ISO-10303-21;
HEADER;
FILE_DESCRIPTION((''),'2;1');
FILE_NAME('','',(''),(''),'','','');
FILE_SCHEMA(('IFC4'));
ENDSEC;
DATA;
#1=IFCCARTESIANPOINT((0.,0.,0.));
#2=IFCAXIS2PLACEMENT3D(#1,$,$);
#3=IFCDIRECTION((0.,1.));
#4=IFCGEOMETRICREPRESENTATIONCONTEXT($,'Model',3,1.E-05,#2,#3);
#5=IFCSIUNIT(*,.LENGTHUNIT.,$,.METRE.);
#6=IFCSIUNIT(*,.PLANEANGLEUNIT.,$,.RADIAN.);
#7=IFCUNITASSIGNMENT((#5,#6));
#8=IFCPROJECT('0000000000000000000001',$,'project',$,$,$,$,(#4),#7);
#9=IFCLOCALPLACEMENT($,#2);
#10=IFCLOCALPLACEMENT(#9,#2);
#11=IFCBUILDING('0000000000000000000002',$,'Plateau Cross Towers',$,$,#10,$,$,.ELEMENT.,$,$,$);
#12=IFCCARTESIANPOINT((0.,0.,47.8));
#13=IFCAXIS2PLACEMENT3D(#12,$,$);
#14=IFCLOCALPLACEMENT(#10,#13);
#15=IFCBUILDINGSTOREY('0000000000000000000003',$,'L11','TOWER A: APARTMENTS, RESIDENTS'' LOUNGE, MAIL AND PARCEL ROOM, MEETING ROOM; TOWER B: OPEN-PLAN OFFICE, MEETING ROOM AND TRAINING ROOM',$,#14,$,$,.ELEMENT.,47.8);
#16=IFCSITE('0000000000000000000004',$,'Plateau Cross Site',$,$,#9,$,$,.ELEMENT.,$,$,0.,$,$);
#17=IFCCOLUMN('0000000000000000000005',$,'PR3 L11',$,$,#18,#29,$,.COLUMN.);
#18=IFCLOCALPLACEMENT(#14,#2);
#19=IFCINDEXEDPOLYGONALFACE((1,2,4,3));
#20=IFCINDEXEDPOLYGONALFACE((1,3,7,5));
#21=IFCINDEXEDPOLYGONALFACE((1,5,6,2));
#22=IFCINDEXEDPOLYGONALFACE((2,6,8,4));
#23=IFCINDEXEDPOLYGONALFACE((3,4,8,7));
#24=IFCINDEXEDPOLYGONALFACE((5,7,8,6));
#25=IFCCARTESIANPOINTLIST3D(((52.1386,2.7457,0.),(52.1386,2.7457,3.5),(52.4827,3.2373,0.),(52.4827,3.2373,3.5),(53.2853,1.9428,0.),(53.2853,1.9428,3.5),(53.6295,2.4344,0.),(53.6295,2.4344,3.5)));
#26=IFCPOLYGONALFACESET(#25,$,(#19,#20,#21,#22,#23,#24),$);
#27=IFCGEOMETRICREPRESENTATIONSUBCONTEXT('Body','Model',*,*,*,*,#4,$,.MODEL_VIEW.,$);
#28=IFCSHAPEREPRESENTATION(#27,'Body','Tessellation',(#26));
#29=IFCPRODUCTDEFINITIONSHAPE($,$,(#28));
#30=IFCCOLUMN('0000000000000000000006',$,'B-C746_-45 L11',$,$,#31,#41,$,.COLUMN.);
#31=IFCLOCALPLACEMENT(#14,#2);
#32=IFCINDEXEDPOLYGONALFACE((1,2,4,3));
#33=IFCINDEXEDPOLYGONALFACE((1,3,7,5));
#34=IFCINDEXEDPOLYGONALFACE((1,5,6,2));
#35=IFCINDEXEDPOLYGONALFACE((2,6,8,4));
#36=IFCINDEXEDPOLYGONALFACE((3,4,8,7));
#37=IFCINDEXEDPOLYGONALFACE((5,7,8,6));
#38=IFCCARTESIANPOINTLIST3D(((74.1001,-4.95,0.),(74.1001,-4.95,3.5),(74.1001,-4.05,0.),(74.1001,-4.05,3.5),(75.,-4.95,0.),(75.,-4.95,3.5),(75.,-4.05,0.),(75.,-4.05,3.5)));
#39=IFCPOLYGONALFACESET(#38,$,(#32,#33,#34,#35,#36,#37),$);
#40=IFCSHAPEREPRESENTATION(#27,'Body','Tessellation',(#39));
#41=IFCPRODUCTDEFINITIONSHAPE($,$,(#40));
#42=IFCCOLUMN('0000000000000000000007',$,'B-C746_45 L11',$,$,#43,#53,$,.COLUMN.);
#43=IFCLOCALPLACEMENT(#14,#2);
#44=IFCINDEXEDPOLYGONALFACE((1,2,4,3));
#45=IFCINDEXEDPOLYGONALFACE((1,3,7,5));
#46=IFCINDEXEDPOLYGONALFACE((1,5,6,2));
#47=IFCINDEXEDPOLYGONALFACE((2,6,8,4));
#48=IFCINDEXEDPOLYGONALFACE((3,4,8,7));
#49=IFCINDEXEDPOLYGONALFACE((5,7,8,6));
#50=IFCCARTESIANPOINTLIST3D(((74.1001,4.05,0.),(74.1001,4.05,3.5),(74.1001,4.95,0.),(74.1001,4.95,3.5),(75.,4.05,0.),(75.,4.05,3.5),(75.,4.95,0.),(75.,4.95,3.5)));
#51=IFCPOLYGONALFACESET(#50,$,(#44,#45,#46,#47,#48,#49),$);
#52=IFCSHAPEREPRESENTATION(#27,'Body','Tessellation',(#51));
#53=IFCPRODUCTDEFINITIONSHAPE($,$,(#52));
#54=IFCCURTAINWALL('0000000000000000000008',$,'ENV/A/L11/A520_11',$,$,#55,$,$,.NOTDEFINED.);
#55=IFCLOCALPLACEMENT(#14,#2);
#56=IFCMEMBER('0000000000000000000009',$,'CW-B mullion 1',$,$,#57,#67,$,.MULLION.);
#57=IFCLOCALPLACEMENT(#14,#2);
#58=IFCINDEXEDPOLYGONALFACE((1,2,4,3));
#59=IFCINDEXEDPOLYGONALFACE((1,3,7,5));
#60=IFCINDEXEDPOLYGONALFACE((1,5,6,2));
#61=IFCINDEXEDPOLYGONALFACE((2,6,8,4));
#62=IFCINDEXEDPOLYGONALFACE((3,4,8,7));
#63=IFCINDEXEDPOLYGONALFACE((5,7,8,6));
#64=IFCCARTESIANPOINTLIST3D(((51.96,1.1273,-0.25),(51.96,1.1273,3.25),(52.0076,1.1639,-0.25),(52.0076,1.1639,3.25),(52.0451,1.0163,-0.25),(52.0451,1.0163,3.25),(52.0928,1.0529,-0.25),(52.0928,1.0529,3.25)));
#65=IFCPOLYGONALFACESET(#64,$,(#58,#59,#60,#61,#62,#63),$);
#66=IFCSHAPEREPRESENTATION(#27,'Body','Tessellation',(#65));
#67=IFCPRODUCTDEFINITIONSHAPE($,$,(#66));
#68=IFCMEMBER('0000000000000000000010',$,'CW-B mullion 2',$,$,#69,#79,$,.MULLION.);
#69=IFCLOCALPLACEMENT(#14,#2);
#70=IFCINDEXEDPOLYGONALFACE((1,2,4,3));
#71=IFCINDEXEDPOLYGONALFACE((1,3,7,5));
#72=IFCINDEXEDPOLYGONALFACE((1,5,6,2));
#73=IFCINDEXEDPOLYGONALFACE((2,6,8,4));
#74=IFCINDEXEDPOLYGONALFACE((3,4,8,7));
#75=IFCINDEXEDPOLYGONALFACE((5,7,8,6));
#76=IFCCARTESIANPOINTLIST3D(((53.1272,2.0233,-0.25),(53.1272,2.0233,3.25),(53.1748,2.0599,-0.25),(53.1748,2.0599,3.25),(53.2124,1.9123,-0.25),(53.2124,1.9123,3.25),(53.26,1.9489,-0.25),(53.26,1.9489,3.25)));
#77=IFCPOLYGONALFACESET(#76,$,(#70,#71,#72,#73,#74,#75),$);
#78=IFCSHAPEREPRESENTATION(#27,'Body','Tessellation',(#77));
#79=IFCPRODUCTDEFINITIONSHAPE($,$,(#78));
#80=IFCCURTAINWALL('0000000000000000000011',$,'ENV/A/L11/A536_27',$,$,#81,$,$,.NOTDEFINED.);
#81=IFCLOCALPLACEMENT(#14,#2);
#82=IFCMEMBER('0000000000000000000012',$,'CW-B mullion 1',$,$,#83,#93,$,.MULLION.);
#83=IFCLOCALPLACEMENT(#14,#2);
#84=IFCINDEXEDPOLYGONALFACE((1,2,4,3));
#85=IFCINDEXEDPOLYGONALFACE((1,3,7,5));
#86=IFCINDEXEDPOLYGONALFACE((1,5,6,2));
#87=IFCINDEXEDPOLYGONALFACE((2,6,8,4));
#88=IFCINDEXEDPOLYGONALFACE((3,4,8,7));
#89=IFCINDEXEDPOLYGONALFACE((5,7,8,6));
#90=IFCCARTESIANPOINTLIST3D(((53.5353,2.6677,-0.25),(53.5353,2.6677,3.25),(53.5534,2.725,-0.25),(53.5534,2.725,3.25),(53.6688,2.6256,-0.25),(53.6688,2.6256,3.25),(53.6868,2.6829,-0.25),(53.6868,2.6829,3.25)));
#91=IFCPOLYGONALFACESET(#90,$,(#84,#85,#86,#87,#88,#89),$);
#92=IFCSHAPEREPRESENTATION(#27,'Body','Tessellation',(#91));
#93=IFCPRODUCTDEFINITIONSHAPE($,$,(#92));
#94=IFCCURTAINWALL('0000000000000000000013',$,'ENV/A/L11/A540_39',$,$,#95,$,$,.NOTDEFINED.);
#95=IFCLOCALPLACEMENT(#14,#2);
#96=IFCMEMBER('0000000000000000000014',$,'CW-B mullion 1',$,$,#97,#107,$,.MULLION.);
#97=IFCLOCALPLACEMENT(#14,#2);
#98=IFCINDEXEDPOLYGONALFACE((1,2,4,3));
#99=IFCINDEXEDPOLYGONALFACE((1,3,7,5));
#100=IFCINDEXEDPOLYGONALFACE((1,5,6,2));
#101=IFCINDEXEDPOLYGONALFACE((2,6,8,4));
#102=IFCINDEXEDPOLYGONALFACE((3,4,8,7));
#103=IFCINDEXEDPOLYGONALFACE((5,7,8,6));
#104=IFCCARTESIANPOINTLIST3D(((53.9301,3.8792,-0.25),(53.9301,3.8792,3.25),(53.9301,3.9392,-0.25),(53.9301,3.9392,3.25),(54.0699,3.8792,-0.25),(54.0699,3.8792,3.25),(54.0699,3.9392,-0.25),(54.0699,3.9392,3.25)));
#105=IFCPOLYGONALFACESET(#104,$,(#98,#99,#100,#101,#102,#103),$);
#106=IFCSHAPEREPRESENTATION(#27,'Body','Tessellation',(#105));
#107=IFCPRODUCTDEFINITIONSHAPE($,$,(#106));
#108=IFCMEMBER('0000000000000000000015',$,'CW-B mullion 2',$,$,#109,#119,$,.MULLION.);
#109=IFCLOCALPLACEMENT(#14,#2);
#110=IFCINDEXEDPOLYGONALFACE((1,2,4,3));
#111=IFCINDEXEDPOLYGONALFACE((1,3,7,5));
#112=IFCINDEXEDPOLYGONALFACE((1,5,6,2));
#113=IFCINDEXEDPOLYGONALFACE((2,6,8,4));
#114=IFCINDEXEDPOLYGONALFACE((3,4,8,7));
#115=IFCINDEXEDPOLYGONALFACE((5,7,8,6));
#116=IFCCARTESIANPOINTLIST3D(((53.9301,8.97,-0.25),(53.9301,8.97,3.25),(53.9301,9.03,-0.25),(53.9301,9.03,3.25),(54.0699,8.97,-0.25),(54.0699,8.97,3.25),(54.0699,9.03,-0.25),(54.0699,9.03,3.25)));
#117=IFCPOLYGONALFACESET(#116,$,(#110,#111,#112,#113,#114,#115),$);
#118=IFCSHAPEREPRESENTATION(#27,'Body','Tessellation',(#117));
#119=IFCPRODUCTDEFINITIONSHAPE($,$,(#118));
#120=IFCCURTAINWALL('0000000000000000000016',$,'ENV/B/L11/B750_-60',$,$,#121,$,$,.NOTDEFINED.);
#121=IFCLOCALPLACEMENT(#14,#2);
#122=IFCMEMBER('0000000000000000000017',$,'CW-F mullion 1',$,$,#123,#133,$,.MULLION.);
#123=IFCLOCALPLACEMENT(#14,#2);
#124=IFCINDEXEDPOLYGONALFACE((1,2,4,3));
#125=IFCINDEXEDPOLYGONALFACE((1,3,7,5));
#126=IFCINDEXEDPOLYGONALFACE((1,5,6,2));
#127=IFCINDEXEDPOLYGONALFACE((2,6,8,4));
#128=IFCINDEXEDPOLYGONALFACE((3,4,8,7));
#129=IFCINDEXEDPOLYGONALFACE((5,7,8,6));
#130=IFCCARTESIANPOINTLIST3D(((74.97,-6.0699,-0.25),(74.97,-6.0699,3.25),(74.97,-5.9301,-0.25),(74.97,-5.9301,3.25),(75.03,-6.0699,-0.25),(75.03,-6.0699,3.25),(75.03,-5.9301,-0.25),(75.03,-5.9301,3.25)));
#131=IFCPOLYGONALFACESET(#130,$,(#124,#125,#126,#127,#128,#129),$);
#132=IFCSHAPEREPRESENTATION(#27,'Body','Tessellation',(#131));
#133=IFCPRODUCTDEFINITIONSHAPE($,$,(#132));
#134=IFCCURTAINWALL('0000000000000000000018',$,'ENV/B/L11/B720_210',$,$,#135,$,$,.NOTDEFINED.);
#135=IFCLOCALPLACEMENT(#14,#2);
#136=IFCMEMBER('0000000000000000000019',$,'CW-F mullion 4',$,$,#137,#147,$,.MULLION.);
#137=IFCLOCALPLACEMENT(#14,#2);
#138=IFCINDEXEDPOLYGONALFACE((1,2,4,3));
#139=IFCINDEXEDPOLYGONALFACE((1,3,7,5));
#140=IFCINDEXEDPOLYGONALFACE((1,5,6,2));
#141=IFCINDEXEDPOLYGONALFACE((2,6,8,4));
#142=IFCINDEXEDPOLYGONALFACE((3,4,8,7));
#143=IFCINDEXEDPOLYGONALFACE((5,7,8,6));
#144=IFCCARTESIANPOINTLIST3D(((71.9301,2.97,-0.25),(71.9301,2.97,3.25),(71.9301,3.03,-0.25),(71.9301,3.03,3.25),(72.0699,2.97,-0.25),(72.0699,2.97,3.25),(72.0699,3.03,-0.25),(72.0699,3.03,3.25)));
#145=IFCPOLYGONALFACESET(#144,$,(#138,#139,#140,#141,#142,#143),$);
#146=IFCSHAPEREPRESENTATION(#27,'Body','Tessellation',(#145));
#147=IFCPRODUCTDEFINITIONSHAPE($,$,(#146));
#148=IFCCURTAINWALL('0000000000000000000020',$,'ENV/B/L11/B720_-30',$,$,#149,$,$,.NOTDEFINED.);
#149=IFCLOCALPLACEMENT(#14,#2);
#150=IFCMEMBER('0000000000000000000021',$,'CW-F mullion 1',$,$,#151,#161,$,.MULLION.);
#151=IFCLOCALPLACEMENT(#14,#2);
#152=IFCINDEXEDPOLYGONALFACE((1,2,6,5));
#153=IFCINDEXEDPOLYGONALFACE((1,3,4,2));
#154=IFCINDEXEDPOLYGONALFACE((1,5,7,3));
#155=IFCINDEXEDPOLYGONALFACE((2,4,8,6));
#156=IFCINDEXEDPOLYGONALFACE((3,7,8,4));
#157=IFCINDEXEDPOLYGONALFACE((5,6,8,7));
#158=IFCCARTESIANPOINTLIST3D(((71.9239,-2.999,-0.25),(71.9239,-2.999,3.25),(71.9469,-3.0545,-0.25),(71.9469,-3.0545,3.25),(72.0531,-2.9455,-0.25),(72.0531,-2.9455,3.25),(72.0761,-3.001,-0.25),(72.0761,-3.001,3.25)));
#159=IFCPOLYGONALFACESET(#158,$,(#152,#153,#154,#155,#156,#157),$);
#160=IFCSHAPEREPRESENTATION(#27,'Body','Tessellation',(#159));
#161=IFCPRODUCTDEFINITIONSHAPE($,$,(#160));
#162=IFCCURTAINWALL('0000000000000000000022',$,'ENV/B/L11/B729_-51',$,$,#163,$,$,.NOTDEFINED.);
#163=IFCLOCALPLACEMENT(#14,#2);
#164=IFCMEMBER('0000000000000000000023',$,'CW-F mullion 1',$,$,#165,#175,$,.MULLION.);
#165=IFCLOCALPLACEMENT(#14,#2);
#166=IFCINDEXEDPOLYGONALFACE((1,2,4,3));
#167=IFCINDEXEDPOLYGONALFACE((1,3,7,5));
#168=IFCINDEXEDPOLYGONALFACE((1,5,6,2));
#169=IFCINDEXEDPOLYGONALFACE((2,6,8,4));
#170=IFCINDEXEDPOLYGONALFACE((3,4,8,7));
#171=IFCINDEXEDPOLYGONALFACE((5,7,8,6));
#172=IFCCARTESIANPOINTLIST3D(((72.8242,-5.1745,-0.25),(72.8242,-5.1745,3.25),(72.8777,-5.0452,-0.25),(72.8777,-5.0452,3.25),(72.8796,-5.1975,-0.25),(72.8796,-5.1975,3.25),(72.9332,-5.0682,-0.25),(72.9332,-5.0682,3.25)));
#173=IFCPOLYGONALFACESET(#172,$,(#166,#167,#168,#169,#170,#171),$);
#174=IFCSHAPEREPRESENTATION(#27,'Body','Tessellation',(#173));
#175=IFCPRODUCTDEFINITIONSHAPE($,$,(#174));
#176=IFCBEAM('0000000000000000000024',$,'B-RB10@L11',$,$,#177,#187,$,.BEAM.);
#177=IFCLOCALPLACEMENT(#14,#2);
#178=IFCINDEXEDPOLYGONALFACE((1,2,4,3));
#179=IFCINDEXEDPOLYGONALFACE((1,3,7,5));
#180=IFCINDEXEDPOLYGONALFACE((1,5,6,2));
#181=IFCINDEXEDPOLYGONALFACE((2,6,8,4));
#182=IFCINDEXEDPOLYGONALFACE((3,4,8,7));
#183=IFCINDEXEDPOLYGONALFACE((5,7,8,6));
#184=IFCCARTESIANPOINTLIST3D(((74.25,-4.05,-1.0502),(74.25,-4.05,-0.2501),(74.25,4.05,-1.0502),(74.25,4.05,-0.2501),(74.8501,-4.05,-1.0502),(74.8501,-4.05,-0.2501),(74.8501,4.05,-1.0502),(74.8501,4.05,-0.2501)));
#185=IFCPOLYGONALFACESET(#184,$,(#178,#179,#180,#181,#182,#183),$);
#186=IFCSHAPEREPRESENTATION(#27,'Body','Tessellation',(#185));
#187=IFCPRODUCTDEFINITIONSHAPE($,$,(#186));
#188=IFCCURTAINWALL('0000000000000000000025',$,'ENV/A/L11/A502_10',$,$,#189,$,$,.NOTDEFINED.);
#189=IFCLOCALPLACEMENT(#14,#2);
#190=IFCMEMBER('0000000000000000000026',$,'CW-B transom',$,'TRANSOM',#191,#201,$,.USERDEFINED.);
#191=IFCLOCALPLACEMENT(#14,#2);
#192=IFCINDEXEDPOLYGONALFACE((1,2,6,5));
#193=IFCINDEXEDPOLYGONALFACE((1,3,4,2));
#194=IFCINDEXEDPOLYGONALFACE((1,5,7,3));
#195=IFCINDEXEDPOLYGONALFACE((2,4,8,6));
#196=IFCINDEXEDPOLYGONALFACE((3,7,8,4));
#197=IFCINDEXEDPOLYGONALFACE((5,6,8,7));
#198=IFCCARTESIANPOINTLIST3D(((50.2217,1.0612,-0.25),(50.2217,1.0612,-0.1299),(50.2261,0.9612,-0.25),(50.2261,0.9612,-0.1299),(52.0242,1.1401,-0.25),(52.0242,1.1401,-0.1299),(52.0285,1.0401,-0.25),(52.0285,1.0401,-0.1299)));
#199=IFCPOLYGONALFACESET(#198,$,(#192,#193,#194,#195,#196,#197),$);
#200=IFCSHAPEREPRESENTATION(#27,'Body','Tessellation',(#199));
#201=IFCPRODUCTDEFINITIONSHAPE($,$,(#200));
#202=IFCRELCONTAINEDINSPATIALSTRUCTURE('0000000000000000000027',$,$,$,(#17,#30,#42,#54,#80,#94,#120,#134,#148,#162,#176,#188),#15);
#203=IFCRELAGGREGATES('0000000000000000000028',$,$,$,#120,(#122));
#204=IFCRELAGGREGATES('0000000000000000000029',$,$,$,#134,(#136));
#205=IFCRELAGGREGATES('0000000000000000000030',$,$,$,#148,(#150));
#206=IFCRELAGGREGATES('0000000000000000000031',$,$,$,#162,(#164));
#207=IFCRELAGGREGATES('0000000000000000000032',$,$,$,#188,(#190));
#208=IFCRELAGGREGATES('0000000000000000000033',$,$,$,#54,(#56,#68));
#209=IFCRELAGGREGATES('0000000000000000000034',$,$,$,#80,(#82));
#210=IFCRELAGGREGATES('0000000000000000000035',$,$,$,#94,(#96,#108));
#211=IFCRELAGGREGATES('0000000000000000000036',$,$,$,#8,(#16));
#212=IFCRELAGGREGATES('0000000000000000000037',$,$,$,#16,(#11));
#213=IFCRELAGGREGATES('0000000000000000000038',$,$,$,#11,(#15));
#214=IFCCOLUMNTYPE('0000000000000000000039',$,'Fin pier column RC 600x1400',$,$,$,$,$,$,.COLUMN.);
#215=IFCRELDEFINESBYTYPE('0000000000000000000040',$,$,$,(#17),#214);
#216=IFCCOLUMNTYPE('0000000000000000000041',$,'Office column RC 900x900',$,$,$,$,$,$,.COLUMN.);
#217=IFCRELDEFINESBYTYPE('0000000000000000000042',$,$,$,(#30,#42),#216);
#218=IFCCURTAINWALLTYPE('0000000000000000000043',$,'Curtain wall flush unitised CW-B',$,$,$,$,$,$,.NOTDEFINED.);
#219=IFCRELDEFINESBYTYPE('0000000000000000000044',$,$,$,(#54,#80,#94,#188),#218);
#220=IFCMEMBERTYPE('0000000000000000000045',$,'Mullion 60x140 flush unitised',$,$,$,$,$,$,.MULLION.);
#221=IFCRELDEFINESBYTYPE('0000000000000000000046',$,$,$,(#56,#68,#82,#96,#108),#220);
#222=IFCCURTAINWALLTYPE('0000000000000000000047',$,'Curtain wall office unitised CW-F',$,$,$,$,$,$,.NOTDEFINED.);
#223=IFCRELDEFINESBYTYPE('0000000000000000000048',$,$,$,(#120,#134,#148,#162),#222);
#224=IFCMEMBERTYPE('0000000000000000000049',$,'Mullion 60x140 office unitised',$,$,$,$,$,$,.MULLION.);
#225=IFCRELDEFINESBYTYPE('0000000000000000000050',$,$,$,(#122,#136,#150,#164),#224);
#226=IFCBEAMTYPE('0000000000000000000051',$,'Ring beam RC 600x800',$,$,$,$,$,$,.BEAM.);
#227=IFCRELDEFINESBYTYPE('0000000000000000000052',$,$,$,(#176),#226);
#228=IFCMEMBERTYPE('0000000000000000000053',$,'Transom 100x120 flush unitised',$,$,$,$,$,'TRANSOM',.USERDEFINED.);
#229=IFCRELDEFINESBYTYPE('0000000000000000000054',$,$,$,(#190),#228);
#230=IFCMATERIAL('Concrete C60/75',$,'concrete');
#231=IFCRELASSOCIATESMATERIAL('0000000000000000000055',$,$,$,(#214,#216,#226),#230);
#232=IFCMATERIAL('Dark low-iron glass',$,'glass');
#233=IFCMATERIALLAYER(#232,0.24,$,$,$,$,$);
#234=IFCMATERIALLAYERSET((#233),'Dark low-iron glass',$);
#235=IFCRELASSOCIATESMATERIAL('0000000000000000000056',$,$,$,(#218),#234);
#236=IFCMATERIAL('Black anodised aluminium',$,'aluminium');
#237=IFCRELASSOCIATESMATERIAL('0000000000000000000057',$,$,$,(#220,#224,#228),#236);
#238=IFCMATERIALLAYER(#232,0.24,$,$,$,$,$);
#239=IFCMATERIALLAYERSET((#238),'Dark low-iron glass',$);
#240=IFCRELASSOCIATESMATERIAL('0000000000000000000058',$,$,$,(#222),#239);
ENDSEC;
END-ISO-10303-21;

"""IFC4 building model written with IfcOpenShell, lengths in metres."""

from ifc_helpers import new_model, si_unit, direction, frame, origin, origin_2d, place, context, subcontext, project, spatial, rectangle, extrude, material, layer, layer_set, material_profile, profile_set, type_object, element, aggregate, save


model = new_model("IFC4")

# Units and contexts
model_context = context("Model", 3, precision=1e-05, world=origin(), true_north=direction((0.0, 1.0)))
body_context = subcontext(model_context, "Body", "Model", "MODEL_VIEW")
ifc_project = project(units=[si_unit("LENGTHUNIT", "METRE"), si_unit("PLANEANGLEUNIT", "RADIAN")], contexts=[model_context])

# Site, building, storey
site_placement = place(None, origin())
site = spatial("IfcSite", under=ifc_project, at=site_placement, Name="Plateau Cross Site", CompositionType="ELEMENT", RefElevation=0.0)
building_placement = place(site_placement, origin())
building = spatial("IfcBuilding", under=site, at=building_placement, Name="Plateau Cross Towers", CompositionType="ELEMENT")
storey_placement = place(building_placement, frame((0.0, 0.0, 47.8)))
storey = spatial("IfcBuildingStorey", under=building, at=storey_placement, Name="L11", Description="TOWER A: APARTMENTS, RESIDENTS' LOUNGE, MAIL AND PARCEL ROOM, MEETING ROOM; TOWER B: OPEN-PLAN OFFICE, MEETING ROOM AND TRAINING ROOM", CompositionType="ELEMENT", Elevation=47.8)

# Columns
ifc_material_1 = material(Name="Concrete C60/75", Category="concrete")
ifc_material_profile_1 = material_profile(ifc_material_1, rectangle(XDim=0.6001, YDim=1.3999, at=origin_2d()), Name="RC 600x1400")
ifc_profile_set_1 = profile_set([ifc_material_profile_1], Name="Concrete C60/75")
column_type_1 = type_object("IfcColumnType", Name="Fin pier column RC 600x1400", PredefinedType="COLUMN", material=ifc_profile_set_1)
column_placement = place(storey_placement, frame((52.884, 2.5901, 0.0), z_axis=(0.0, 0.0, 1.0), x_axis=(0.573543, 0.819176, 0.0)))
element("IfcColumn", 1, at=column_placement, inside=storey, type_object=column_type_1, Name="PR3 L11", PredefinedType="COLUMN", context=body_context, shape_type="SweptSolid", body=[
    extrude(rectangle(XDim=0.6001, YDim=1.3999, at=origin_2d()), origin(), (0.0, 0.0, 1.0), 3.5),
])
ifc_material_profile_2 = material_profile(ifc_material_1, rectangle(XDim=0.8999, YDim=0.8999, at=origin_2d()), Name="RC 900x900")
ifc_profile_set_2 = profile_set([ifc_material_profile_2], Name="Concrete C60/75")
column_type_2 = type_object("IfcColumnType", Name="Office column RC 900x900", PredefinedType="COLUMN", material=ifc_profile_set_2)
for number, where, z_axis, x_axis, name in (
    (2, (74.55, -4.5, 0.0), (0.0, 0.0, 1.0), (1.0, 0.0, 0.0), "B-C746_-45 L11"),
    (3, (74.55, 4.5, 0.0), (0.0, 0.0, 1.0), (1.0, 0.0, 0.0), "B-C746_45 L11"),
):
    element("IfcColumn", number, at=place(storey_placement, frame(where, z_axis=z_axis, x_axis=x_axis)), inside=storey, type_object=column_type_2, Name=name, PredefinedType="COLUMN", context=body_context, shape_type="SweptSolid", body=[
        extrude(rectangle(XDim=0.8999, YDim=0.8999, at=origin_2d()), origin(), (0.0, 0.0, 1.0), 3.5),
    ])

# Curtain wall, members
ifc_material_2 = material(Name="Dark low-iron glass", Category="glass")
ifc_layer_1 = layer(ifc_material_2, 0.24)
ifc_layer_set_1 = layer_set([ifc_layer_1], Name="Dark low-iron glass")
curtain_wall_type_1 = type_object("IfcCurtainWallType", Name="Curtain wall flush unitised CW-B", PredefinedType="NOTDEFINED", material=ifc_layer_set_1)
curtain_wall_1_placement = place(storey_placement, origin())
curtain_wall_1 = element("IfcCurtainWall", 4, at=curtain_wall_1_placement, inside=storey, type_object=curtain_wall_type_1, Name="ENV/A/L11/A520_11", PredefinedType="NOTDEFINED")
ifc_material_3 = material(Name="Black anodised aluminium", Category="aluminium")
ifc_material_profile_3 = material_profile(ifc_material_3, rectangle(XDim=0.0601, YDim=0.1399, at=origin_2d()), Name="MULLION 60x140")
ifc_profile_set_3 = profile_set([ifc_material_profile_3], Name="Black anodised aluminium")
member_type_1 = type_object("IfcMemberType", Name="Mullion 60x140 flush unitised", PredefinedType="MULLION", material=ifc_profile_set_3)
member_1_placement = place(storey_placement, frame((52.0264, 1.0901, -0.25), z_axis=(0.0, 0.0, 1.0), x_axis=(0.793316, 0.608811, 0.0)))
member_1 = element("IfcMember", 5, at=member_1_placement, type_object=member_type_1, Name="CW-B mullion 1", PredefinedType="MULLION", context=body_context, shape_type="SweptSolid", body=[
    extrude(rectangle(XDim=0.0601, YDim=0.1399, at=origin_2d()), origin(), (0.0, 0.0, 1.0), 3.5),
])
member_2_placement = place(storey_placement, frame((53.1936, 1.9861, -0.25), z_axis=(0.0, 0.0, 1.0), x_axis=(0.793316, 0.608811, 0.0)))
member_2 = element("IfcMember", 6, at=member_2_placement, type_object=member_type_1, Name="CW-B mullion 2", PredefinedType="MULLION", context=body_context, shape_type="SweptSolid", body=[
    extrude(rectangle(XDim=0.0601, YDim=0.1399, at=origin_2d()), origin(), (0.0, 0.0, 1.0), 3.5),
])

# Curtain wall, member
curtain_wall_2_placement = place(storey_placement, origin())
curtain_wall_2 = element("IfcCurtainWall", 7, at=curtain_wall_2_placement, inside=storey, type_object=curtain_wall_type_1, Name="ENV/A/L11/A536_27", PredefinedType="NOTDEFINED")
member_3_placement = place(storey_placement, frame((53.6111, 2.6753, -0.25), z_axis=(0.0, 0.0, 1.0), x_axis=(0.300686, 0.953723, 0.0)))
member_3 = element("IfcMember", 8, at=member_3_placement, type_object=member_type_1, Name="CW-B mullion 1", PredefinedType="MULLION", context=body_context, shape_type="SweptSolid", body=[
    extrude(rectangle(XDim=0.0601, YDim=0.1399, at=origin_2d()), origin(), (0.0, 0.0, 1.0), 3.5),
])

# Curtain wall, members
curtain_wall_3_placement = place(storey_placement, origin())
curtain_wall_3 = element("IfcCurtainWall", 9, at=curtain_wall_3_placement, inside=storey, type_object=curtain_wall_type_1, Name="ENV/A/L11/A540_39", PredefinedType="NOTDEFINED")
member_4_placement = place(storey_placement, frame((54.0, 3.9092, -0.25), z_axis=(0.0, 0.0, 1.0), x_axis=(0.0, 1.0, 0.0)))
member_4 = element("IfcMember", 10, at=member_4_placement, type_object=member_type_1, Name="CW-B mullion 1", PredefinedType="MULLION", context=body_context, shape_type="SweptSolid", body=[
    extrude(rectangle(XDim=0.0601, YDim=0.1399, at=origin_2d()), origin(), (0.0, 0.0, 1.0), 3.5),
])
member_5_placement = place(storey_placement, frame((54.0, 9.0, -0.25), z_axis=(0.0, 0.0, 1.0), x_axis=(0.0, 1.0, 0.0)))
member_5 = element("IfcMember", 11, at=member_5_placement, type_object=member_type_1, Name="CW-B mullion 2", PredefinedType="MULLION", context=body_context, shape_type="SweptSolid", body=[
    extrude(rectangle(XDim=0.0601, YDim=0.1399, at=origin_2d()), origin(), (0.0, 0.0, 1.0), 3.5),
])

# Curtain walls, members
ifc_layer_2 = layer(ifc_material_2, 0.24)
ifc_layer_set_2 = layer_set([ifc_layer_2], Name="Dark low-iron glass")
curtain_wall_type_2 = type_object("IfcCurtainWallType", Name="Curtain wall office unitised CW-F", PredefinedType="NOTDEFINED", material=ifc_layer_set_2)
curtain_wall_4_placement = place(storey_placement, origin())
curtain_wall_4 = element("IfcCurtainWall", 12, at=curtain_wall_4_placement, inside=storey, type_object=curtain_wall_type_2, Name="ENV/B/L11/B750_-60", PredefinedType="NOTDEFINED")
ifc_material_profile_4 = material_profile(ifc_material_3, rectangle(XDim=0.0601, YDim=0.1399, at=origin_2d()), Name="MULLION 60x140")
ifc_profile_set_4 = profile_set([ifc_material_profile_4], Name="Black anodised aluminium")
member_type_2 = type_object("IfcMemberType", Name="Mullion 60x140 office unitised", PredefinedType="MULLION", material=ifc_profile_set_4)
member_6_placement = place(storey_placement, frame((75.0, -6.0, -0.25), z_axis=(0.0, 0.0, 1.0), x_axis=(1.0, 0.0, 0.0)))
member_6 = element("IfcMember", 13, at=member_6_placement, type_object=member_type_2, Name="CW-F mullion 1", PredefinedType="MULLION", context=body_context, shape_type="SweptSolid", body=[
    extrude(rectangle(XDim=0.0601, YDim=0.1399, at=origin_2d()), origin(), (0.0, 0.0, 1.0), 3.5),
])
curtain_wall_5_placement = place(storey_placement, origin())
curtain_wall_5 = element("IfcCurtainWall", 14, at=curtain_wall_5_placement, inside=storey, type_object=curtain_wall_type_2, Name="ENV/B/L11/B720_210", PredefinedType="NOTDEFINED")
member_7_placement = place(storey_placement, frame((72.0, 3.0, -0.25), z_axis=(0.0, 0.0, 1.0), x_axis=(0.0, -1.0, 0.0)))
member_7 = element("IfcMember", 15, at=member_7_placement, type_object=member_type_2, Name="CW-F mullion 4", PredefinedType="MULLION", context=body_context, shape_type="SweptSolid", body=[
    extrude(rectangle(XDim=0.0601, YDim=0.1399, at=origin_2d()), origin(), (0.0, 0.0, 1.0), 3.5),
])
curtain_wall_6_placement = place(storey_placement, origin())
curtain_wall_6 = element("IfcCurtainWall", 16, at=curtain_wall_6_placement, inside=storey, type_object=curtain_wall_type_2, Name="ENV/B/L11/B720_-30", PredefinedType="NOTDEFINED")
member_8_placement = place(storey_placement, frame((72.0, -3.0, -0.25), z_axis=(0.0, 0.0, 1.0), x_axis=(0.382684, -0.923879, 0.0)))
member_8 = element("IfcMember", 17, at=member_8_placement, type_object=member_type_2, Name="CW-F mullion 1", PredefinedType="MULLION", context=body_context, shape_type="SweptSolid", body=[
    extrude(rectangle(XDim=0.0601, YDim=0.1399, at=origin_2d()), origin(), (0.0, 0.0, 1.0), 3.5),
])
curtain_wall_7_placement = place(storey_placement, origin())
curtain_wall_7 = element("IfcCurtainWall", 18, at=curtain_wall_7_placement, inside=storey, type_object=curtain_wall_type_2, Name="ENV/B/L11/B729_-51", PredefinedType="NOTDEFINED")
member_9_placement = place(storey_placement, frame((72.8787, -5.1213, -0.25), z_axis=(0.0, 0.0, 1.0), x_axis=(0.923879, -0.382684, 0.0)))
member_9 = element("IfcMember", 19, at=member_9_placement, type_object=member_type_2, Name="CW-F mullion 1", PredefinedType="MULLION", context=body_context, shape_type="SweptSolid", body=[
    extrude(rectangle(XDim=0.0601, YDim=0.1399, at=origin_2d()), origin(), (0.0, 0.0, 1.0), 3.5),
])

# Beam
ifc_material_profile_5 = material_profile(ifc_material_1, rectangle(XDim=0.6001, YDim=0.8, at=origin_2d()), Name="RC 600x800")
ifc_profile_set_5 = profile_set([ifc_material_profile_5], Name="Concrete C60/75")
beam_type = type_object("IfcBeamType", Name="Ring beam RC 600x800", PredefinedType="BEAM", material=ifc_profile_set_5)
beam_placement = place(storey_placement, frame((74.55, 4.05, -0.6501), z_axis=(0.0, -1.0, 0.0), x_axis=(1.0, 0.0, 0.0)))
element("IfcBeam", 20, at=beam_placement, inside=storey, type_object=beam_type, Name="B-RB10@L11", PredefinedType="BEAM", context=body_context, shape_type="SweptSolid", body=[
    extrude(rectangle(XDim=0.6001, YDim=0.8, at=origin_2d()), origin(), (0.0, 0.0, 1.0), 8.1001),
])

# Curtain wall, member
curtain_wall_8_placement = place(storey_placement, origin())
curtain_wall_8 = element("IfcCurtainWall", 21, at=curtain_wall_8_placement, inside=storey, type_object=curtain_wall_type_1, Name="ENV/A/L11/A502_10", PredefinedType="NOTDEFINED")
ifc_material_profile_6 = material_profile(ifc_material_3, rectangle(XDim=0.1001, YDim=0.1201, at=origin_2d()), Name="TRANSOM 100x120")
ifc_profile_set_6 = profile_set([ifc_material_profile_6], Name="Black anodised aluminium")
member_type_3 = type_object("IfcMemberType", Name="Transom 100x120 flush unitised", ElementType="TRANSOM", PredefinedType="USERDEFINED", material=ifc_profile_set_6)
member_10_placement = place(storey_placement, frame((50.2239, 1.0112, -0.1899), z_axis=(0.999044, 0.043707, 0.0), x_axis=(-0.043707, 0.999044, 0.0)))
member_10 = element("IfcMember", 22, at=member_10_placement, type_object=member_type_3, Name="CW-B transom", ObjectType="TRANSOM", PredefinedType="USERDEFINED", context=body_context, shape_type="SweptSolid", body=[
    extrude(rectangle(XDim=0.1001, YDim=0.1201, at=origin_2d()), origin(), (0.0, 0.0, 1.0), 1.8042),
])

aggregate(curtain_wall_4, [member_6])

aggregate(curtain_wall_5, [member_7])
aggregate(curtain_wall_6, [member_8])
aggregate(curtain_wall_7, [member_9])
aggregate(curtain_wall_8, [member_10])
aggregate(curtain_wall_1, [member_1, member_2])
aggregate(curtain_wall_2, [member_3])
aggregate(curtain_wall_3, [member_4, member_5])

save(model, "model.ifc")
